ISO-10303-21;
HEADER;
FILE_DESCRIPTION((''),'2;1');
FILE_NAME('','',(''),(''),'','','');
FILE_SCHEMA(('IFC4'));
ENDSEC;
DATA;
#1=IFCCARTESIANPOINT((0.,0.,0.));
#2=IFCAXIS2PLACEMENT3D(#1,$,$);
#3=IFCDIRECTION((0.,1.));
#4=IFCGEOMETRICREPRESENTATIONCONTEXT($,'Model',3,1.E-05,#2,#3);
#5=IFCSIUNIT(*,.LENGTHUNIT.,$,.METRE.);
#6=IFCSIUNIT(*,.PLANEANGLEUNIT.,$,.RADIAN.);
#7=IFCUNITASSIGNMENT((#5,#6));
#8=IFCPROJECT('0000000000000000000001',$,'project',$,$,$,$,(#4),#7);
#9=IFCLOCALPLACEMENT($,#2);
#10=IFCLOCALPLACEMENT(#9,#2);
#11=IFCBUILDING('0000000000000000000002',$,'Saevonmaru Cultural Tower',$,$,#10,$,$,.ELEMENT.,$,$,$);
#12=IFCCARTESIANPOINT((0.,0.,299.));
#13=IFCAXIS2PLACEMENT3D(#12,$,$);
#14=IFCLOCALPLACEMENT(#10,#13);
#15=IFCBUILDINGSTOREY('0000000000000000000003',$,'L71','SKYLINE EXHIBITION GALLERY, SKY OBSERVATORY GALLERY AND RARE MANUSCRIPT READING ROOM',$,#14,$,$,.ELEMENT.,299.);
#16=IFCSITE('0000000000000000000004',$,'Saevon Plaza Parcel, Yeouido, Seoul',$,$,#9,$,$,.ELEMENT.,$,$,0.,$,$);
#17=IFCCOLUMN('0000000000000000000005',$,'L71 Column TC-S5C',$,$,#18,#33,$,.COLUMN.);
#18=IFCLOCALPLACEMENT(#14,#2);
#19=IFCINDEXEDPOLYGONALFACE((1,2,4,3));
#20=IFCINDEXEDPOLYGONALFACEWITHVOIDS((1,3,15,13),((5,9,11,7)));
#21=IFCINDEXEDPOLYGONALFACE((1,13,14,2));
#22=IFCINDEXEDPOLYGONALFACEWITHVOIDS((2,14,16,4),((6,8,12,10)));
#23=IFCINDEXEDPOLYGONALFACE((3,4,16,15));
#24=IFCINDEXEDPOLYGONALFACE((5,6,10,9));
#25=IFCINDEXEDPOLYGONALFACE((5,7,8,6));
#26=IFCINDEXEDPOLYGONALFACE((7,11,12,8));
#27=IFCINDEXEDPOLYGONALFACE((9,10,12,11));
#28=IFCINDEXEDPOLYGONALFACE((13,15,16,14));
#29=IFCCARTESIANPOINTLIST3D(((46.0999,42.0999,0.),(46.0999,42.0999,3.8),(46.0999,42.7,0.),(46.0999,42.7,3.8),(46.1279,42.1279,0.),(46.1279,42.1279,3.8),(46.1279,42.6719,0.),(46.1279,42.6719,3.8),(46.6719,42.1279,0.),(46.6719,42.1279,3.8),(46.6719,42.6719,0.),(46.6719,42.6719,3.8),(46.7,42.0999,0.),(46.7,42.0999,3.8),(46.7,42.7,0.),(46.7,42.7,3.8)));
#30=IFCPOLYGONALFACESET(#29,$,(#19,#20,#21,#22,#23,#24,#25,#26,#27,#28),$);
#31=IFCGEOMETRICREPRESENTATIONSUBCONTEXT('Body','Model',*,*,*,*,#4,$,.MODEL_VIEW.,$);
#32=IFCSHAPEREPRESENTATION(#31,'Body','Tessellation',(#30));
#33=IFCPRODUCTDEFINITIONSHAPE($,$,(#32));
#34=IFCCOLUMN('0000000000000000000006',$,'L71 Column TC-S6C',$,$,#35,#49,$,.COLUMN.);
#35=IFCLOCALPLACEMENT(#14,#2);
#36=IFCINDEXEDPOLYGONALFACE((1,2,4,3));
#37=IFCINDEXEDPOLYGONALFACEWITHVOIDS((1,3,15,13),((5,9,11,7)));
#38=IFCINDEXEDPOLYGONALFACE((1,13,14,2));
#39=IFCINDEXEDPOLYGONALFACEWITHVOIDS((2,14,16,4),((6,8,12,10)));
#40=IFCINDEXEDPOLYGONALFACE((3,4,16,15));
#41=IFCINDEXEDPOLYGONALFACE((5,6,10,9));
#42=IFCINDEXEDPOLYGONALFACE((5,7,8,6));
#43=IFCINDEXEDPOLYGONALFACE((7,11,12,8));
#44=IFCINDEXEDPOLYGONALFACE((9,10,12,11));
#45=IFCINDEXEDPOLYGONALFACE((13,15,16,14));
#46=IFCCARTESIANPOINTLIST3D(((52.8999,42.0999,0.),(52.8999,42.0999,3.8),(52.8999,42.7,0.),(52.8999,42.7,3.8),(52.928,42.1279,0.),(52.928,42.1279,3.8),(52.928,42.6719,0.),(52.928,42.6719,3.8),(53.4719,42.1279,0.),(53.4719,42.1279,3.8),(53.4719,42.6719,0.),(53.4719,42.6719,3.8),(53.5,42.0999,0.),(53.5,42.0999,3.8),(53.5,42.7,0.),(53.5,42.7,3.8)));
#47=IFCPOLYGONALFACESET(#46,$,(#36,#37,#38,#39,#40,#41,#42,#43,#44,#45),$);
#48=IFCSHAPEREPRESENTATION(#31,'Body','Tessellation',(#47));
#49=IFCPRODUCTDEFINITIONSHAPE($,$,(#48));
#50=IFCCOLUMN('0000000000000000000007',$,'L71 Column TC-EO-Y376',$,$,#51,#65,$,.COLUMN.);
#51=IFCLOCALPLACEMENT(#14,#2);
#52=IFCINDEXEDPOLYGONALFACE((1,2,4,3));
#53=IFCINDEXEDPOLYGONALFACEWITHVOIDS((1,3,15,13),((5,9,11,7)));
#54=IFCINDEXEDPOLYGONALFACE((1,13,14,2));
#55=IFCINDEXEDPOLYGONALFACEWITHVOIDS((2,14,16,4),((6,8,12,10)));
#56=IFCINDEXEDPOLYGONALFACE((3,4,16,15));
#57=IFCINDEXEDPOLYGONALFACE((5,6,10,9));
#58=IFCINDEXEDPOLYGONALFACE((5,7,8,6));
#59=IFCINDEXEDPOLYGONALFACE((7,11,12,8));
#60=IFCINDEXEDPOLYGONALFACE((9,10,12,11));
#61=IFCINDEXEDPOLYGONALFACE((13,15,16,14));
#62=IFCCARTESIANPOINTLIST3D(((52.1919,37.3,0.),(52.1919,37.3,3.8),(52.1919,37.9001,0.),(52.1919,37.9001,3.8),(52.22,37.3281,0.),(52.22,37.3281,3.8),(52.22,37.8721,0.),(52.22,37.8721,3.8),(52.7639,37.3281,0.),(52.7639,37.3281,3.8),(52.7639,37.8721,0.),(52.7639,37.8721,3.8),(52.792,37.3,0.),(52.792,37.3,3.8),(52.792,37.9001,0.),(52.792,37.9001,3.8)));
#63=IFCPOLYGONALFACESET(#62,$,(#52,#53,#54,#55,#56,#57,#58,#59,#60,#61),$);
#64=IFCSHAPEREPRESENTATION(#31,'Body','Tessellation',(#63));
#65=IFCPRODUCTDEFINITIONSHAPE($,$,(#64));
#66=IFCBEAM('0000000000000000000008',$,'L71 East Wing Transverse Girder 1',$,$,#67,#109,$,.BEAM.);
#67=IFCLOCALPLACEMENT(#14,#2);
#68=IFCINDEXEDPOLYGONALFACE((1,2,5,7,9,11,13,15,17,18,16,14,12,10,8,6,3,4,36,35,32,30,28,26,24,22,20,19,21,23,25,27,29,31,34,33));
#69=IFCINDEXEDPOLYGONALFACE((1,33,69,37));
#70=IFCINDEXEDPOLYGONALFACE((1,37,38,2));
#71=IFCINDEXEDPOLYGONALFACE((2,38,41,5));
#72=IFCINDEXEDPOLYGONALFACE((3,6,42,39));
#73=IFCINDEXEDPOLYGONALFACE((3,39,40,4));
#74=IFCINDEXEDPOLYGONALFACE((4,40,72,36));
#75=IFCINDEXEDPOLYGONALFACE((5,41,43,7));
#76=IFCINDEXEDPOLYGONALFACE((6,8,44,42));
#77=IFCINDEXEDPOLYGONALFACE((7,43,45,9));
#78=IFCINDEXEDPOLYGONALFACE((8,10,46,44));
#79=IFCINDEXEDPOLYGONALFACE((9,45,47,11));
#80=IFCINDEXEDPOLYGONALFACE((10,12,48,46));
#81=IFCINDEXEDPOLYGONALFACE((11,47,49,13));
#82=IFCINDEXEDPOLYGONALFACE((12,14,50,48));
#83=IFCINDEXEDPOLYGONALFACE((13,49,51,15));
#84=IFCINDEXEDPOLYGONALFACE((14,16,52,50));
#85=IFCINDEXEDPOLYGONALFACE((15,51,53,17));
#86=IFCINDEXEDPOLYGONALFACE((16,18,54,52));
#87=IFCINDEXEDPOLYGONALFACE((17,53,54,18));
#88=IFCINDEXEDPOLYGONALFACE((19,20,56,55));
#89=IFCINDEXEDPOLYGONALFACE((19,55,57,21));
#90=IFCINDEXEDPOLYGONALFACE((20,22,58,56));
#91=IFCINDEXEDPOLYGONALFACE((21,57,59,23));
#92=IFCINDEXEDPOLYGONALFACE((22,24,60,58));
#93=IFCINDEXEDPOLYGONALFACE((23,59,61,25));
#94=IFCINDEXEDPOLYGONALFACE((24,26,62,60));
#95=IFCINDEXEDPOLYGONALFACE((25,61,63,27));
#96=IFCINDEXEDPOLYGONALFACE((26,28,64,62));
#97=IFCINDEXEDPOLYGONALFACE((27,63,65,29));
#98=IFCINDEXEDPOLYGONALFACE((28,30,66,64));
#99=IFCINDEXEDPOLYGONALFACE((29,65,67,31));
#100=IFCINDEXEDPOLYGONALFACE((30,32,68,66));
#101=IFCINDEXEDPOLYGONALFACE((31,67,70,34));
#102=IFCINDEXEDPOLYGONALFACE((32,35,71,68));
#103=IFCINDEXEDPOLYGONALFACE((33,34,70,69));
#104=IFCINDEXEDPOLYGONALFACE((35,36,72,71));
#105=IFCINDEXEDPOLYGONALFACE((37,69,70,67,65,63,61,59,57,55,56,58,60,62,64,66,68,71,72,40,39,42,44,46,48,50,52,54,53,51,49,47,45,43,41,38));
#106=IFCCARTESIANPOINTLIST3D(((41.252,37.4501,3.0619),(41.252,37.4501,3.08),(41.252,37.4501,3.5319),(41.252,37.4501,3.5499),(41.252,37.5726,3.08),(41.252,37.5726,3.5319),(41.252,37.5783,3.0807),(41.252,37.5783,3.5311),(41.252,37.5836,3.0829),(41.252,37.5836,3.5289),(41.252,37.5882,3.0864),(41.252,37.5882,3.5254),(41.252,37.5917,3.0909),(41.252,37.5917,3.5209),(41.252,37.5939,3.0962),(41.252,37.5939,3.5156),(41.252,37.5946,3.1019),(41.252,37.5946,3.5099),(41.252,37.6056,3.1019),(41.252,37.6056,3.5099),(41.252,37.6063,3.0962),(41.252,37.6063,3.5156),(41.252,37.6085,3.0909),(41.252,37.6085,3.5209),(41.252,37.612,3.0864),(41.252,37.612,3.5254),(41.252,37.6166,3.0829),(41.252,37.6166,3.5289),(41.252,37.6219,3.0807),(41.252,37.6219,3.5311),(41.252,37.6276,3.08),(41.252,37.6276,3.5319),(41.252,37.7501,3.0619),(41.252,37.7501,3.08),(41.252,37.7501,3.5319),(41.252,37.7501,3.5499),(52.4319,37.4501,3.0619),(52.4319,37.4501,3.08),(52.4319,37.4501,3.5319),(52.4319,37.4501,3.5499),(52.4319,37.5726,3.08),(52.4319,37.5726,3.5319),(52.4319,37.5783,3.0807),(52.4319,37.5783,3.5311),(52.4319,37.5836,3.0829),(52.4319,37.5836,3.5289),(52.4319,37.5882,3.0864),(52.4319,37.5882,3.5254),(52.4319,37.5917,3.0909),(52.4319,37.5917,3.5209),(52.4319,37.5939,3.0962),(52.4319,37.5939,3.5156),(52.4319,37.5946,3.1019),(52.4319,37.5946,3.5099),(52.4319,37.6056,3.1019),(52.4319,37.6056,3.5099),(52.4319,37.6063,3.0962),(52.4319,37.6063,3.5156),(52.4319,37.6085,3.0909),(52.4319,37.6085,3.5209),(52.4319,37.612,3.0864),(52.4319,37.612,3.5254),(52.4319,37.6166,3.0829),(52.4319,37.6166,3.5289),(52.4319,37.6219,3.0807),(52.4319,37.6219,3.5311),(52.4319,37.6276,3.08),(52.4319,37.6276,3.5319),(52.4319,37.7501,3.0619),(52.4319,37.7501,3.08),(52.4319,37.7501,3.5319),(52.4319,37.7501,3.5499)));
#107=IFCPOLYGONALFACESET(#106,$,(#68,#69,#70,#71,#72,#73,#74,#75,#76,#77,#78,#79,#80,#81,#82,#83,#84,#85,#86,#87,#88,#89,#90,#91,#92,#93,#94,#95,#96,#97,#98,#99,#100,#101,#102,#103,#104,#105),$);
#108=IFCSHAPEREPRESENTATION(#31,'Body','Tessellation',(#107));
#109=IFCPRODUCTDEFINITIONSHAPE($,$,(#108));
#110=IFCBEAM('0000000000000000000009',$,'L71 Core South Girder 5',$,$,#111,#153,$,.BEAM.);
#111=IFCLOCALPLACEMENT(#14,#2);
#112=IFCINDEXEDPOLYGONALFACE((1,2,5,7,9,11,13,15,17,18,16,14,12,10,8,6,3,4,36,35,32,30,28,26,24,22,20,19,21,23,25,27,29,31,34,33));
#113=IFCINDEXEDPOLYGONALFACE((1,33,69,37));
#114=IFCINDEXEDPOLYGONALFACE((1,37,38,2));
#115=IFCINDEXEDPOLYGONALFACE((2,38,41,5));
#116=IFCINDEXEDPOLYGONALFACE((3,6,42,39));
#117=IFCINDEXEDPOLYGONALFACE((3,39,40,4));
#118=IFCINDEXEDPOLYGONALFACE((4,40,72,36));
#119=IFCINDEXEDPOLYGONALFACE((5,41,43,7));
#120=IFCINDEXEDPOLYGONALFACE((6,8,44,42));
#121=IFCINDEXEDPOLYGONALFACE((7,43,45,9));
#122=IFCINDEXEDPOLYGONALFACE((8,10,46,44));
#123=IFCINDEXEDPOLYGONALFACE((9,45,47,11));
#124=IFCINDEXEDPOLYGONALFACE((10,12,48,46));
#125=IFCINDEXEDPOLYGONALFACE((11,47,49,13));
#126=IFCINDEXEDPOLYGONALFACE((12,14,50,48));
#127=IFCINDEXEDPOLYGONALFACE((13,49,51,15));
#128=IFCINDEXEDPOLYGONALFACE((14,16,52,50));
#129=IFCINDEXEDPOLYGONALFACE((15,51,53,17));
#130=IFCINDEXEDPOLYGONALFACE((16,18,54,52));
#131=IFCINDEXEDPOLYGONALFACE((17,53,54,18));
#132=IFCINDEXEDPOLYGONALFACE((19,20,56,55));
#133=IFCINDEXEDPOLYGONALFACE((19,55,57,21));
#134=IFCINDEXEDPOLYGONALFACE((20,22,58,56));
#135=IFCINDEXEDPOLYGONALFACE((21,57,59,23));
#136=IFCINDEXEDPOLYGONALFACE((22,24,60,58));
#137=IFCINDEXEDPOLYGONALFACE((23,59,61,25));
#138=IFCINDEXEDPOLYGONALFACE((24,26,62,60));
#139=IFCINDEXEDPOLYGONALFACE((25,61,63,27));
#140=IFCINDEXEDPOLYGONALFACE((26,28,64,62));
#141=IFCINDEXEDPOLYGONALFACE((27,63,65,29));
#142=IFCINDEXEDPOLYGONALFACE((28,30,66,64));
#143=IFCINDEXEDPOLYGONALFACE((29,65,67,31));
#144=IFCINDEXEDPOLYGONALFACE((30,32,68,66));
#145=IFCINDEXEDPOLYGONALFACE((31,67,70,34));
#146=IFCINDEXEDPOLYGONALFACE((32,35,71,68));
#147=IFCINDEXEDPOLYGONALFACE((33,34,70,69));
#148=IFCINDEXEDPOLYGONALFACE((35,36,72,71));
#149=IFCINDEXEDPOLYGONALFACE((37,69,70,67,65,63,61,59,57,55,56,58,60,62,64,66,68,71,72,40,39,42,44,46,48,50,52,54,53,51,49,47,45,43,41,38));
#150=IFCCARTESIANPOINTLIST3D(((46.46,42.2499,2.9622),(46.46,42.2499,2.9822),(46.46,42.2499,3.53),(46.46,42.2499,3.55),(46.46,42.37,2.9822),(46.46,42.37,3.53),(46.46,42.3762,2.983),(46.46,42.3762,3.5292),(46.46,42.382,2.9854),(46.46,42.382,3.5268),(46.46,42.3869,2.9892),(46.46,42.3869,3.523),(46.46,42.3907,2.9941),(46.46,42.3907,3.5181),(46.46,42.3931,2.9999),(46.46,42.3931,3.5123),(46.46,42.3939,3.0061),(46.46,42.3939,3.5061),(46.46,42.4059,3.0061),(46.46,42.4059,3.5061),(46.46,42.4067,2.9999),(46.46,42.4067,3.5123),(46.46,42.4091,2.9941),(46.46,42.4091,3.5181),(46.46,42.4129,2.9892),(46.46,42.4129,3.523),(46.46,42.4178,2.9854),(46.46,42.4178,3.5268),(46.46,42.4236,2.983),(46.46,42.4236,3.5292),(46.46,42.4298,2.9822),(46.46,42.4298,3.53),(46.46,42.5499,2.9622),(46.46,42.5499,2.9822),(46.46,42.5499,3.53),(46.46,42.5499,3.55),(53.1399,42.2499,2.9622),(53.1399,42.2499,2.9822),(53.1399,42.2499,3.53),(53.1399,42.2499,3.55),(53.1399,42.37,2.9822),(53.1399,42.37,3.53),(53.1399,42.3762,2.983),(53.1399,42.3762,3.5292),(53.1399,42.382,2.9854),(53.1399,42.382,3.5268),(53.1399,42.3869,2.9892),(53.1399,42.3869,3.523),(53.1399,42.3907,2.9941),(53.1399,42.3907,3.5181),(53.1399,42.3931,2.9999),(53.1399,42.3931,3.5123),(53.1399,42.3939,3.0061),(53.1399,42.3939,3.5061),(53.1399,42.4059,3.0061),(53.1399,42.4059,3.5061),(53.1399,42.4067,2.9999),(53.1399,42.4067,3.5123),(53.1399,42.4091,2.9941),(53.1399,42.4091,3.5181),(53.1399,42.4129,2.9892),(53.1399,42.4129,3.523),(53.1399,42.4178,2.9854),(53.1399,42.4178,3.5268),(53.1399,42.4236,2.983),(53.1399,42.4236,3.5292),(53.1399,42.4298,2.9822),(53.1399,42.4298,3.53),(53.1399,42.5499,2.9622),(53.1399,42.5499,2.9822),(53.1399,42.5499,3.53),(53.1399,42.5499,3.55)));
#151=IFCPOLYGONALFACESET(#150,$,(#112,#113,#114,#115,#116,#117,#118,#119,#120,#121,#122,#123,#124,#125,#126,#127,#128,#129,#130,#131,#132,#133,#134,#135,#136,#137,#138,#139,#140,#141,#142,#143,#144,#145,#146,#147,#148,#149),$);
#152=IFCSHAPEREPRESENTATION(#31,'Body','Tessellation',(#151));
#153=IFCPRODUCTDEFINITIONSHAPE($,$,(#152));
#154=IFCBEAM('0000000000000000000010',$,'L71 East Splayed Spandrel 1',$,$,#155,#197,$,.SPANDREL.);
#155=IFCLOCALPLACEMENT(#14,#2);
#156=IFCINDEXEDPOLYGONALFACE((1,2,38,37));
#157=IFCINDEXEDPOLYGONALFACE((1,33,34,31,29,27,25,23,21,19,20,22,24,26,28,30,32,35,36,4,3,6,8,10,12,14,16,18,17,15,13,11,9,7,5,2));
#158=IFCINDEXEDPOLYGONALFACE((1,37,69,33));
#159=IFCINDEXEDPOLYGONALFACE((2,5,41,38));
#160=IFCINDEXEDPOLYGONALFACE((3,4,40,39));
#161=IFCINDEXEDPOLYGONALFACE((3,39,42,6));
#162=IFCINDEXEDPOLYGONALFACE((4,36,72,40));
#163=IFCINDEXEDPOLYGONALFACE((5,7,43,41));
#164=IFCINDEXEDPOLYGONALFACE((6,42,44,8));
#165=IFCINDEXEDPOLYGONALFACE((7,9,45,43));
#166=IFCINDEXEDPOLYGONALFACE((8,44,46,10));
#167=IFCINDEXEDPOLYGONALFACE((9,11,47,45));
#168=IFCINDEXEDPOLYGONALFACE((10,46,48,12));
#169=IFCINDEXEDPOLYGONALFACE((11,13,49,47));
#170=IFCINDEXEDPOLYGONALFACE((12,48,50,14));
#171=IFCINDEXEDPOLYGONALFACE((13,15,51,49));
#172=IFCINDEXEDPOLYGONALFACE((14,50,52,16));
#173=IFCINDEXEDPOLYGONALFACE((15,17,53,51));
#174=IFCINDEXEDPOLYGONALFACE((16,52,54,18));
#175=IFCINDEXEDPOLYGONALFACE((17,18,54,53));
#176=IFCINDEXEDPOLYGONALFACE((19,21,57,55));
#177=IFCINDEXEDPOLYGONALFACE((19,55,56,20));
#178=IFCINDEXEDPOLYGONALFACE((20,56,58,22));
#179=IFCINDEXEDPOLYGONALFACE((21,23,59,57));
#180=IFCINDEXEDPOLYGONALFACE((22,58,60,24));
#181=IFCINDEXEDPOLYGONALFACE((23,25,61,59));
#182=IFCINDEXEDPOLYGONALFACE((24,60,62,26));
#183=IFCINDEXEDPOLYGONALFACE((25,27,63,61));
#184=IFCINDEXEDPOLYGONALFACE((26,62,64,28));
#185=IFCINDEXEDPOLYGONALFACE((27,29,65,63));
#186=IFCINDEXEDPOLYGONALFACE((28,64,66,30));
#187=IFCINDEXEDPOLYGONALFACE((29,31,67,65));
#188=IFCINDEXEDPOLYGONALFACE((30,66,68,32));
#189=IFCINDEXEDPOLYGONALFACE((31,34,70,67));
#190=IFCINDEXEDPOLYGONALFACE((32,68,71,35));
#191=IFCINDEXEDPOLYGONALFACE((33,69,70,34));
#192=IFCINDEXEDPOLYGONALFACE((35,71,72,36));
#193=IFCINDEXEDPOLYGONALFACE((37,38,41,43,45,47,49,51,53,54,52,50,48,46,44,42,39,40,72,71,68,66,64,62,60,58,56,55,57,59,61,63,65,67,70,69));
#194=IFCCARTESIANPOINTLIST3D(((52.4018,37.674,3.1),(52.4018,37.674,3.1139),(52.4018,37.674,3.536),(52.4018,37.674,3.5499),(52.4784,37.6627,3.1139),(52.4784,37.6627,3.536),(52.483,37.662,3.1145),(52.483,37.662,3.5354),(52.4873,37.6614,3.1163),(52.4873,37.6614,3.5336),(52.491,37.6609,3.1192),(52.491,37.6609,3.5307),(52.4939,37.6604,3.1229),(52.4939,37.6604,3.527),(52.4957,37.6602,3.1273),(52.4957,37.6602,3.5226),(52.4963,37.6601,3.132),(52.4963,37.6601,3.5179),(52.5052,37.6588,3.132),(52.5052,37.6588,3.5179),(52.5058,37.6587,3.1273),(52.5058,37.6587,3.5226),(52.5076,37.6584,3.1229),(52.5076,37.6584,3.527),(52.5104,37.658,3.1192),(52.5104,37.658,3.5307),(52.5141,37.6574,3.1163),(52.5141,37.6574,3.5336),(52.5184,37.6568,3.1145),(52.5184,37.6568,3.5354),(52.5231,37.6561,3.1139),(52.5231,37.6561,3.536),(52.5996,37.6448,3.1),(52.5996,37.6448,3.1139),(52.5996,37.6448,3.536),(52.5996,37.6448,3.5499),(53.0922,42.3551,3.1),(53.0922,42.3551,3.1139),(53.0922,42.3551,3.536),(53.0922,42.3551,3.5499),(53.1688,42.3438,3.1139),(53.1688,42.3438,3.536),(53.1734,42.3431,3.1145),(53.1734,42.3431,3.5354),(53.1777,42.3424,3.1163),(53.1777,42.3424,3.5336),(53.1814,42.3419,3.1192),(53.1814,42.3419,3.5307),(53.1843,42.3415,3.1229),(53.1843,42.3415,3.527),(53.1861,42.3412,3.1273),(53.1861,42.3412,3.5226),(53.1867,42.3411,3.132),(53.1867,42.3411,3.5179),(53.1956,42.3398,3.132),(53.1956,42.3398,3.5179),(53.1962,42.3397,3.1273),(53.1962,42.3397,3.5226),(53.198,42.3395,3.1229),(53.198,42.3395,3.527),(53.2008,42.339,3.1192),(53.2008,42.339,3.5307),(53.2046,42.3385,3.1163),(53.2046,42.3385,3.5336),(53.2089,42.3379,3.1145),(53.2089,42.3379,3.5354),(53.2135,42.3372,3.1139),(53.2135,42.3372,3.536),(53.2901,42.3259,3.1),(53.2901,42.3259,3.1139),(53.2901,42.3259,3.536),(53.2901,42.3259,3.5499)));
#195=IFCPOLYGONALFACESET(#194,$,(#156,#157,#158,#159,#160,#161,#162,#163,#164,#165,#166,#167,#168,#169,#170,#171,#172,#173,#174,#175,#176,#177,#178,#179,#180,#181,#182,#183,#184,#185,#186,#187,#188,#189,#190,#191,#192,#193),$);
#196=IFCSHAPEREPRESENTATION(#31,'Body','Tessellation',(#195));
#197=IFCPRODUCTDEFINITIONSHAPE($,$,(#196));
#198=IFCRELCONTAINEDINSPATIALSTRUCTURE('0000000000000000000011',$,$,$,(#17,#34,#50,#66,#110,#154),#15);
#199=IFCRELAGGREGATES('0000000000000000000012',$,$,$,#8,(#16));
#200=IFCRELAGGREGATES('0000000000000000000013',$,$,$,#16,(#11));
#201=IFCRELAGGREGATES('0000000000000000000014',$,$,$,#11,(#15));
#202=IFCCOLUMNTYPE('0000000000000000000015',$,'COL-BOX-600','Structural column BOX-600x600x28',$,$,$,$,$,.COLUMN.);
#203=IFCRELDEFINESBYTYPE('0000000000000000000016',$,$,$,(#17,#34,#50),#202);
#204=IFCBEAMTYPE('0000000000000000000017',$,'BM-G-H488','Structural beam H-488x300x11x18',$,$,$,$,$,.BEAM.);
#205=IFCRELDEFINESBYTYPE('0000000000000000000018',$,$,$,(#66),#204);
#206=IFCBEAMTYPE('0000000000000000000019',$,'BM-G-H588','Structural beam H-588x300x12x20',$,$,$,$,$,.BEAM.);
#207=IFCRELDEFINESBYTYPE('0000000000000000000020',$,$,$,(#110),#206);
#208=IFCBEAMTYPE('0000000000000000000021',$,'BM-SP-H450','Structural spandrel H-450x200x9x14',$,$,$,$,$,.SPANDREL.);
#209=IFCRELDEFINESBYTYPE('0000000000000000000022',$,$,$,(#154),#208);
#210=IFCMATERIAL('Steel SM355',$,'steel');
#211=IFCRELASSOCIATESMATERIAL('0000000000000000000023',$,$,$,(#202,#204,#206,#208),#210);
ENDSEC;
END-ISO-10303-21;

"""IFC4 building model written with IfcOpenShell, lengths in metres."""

from ifc_helpers import new_model, si_unit, direction, frame, origin, origin_2d, place, context, subcontext, project, spatial, hollow_rectangle, i_section, extrude, material, material_profile, profile_set, type_object, element, save


model = new_model("IFC4")

# Units and contexts
model_context = context("Model", 3, precision=1e-05, world=origin(), true_north=direction((0.0, 1.0)))
body_context = subcontext(model_context, "Body", "Model", "MODEL_VIEW")
ifc_project = project(units=[si_unit("LENGTHUNIT", "METRE"), si_unit("PLANEANGLEUNIT", "RADIAN")], contexts=[model_context])

# Site, building, storey
site_placement = place(None, origin())
site = spatial("IfcSite", under=ifc_project, at=site_placement, Name="Saevon Plaza Parcel, Yeouido, Seoul", CompositionType="ELEMENT", RefElevation=0.0)
building_placement = place(site_placement, origin())
building = spatial("IfcBuilding", under=site, at=building_placement, Name="Saevonmaru Cultural Tower", CompositionType="ELEMENT")
storey_placement = place(building_placement, frame((0.0, 0.0, 299.0)))
storey = spatial("IfcBuildingStorey", under=building, at=storey_placement, Name="L71", Description="SKYLINE EXHIBITION GALLERY, SKY OBSERVATORY GALLERY AND RARE MANUSCRIPT READING ROOM", CompositionType="ELEMENT", Elevation=299.0)

# Columns
ifc_material_1 = material(Name="Steel SM355", Category="steel")
ifc_material_profile_1 = material_profile(ifc_material_1, hollow_rectangle(XDim=0.6001, YDim=0.6001, WallThickness=0.0281, at=origin_2d()), Name="BOX-600x600x28")
ifc_profile_set_1 = profile_set([ifc_material_profile_1], Name="Steel SM355")
column_type = type_object("IfcColumnType", Name="COL-BOX-600", Description="Structural column BOX-600x600x28", PredefinedType="COLUMN", material=ifc_profile_set_1)
for number, where, z_axis, x_axis, name in (
    (1, (46.3999, 42.3999, 0.0), (0.0, 0.0, 1.0), (1.0, 0.0, 0.0), "L71 Column TC-S5C"),
    (2, (53.2, 42.3999, 0.0), (0.0, 0.0, 1.0), (1.0, 0.0, 0.0), "L71 Column TC-S6C"),
    (3, (52.4919, 37.6001, 0.0), (0.0, 0.0, 1.0), (1.0, 0.0, 0.0), "L71 Column TC-EO-Y376"),
):
    element("IfcColumn", number, at=place(storey_placement, frame(where, z_axis=z_axis, x_axis=x_axis)), inside=storey, type_object=column_type, Name=name, PredefinedType="COLUMN", context=body_context, shape_type="SweptSolid", body=[
        extrude(hollow_rectangle(XDim=0.6001, YDim=0.6001, WallThickness=0.0281, at=origin_2d()), origin(), (0.0, 0.0, 1.0), 3.8),
    ])

# Beams
ifc_material_profile_2 = material_profile(ifc_material_1, i_section(OverallWidth=0.3, OverallDepth=0.488, WebThickness=0.011, FlangeThickness=0.0181, FilletRadius=0.022, at=origin_2d()), Name="H-488x300x11x18")
ifc_profile_set_2 = profile_set([ifc_material_profile_2], Name="Steel SM355")
beam_type_1 = type_object("IfcBeamType", Name="BM-G-H488", Description="Structural beam H-488x300x11x18", PredefinedType="BEAM", material=ifc_profile_set_2)
beam_1_placement = place(storey_placement, frame((41.252, 37.6001, 3.3059), z_axis=(1.0, 0.0, 0.0), x_axis=(0.0, 1.0, 0.0)))
element("IfcBeam", 4, at=beam_1_placement, inside=storey, type_object=beam_type_1, Name="L71 East Wing Transverse Girder 1", PredefinedType="BEAM", context=body_context, shape_type="SweptSolid", body=[
    extrude(i_section(OverallWidth=0.3, OverallDepth=0.488, WebThickness=0.011, FlangeThickness=0.0181, FilletRadius=0.022, at=origin_2d()), origin(), (0.0, 0.0, 1.0), 11.1799),
])
ifc_material_profile_3 = material_profile(ifc_material_1, i_section(OverallWidth=0.3, OverallDepth=0.5879, WebThickness=0.012, FlangeThickness=0.02, FilletRadius=0.0239, at=origin_2d()), Name="H-588x300x12x20")
ifc_profile_set_3 = profile_set([ifc_material_profile_3], Name="Steel SM355")
beam_type_2 = type_object("IfcBeamType", Name="BM-G-H588", Description="Structural beam H-588x300x12x20", PredefinedType="BEAM", material=ifc_profile_set_3)
beam_2_placement = place(storey_placement, frame((46.46, 42.3999, 3.2561), z_axis=(1.0, 0.0, 0.0), x_axis=(0.0, 1.0, 0.0)))
element("IfcBeam", 5, at=beam_2_placement, inside=storey, type_object=beam_type_2, Name="L71 Core South Girder 5", PredefinedType="BEAM", context=body_context, shape_type="SweptSolid", body=[
    extrude(i_section(OverallWidth=0.3, OverallDepth=0.5879, WebThickness=0.012, FlangeThickness=0.02, FilletRadius=0.0239, at=origin_2d()), origin(), (0.0, 0.0, 1.0), 6.6799),
])
ifc_material_profile_4 = material_profile(ifc_material_1, i_section(OverallWidth=0.2, OverallDepth=0.45, WebThickness=0.009, FlangeThickness=0.0139, FilletRadius=0.0181, at=origin_2d()), Name="H-450x200x9x14")
ifc_profile_set_4 = profile_set([ifc_material_profile_4], Name="Steel SM355")
beam_type_3 = type_object("IfcBeamType", Name="BM-SP-H450", Description="Structural spandrel H-450x200x9x14", PredefinedType="SPANDREL", material=ifc_profile_set_4)
beam_3_placement = place(storey_placement, frame((52.5007, 37.6594, 3.325), z_axis=(0.145913, 0.989297, 0.0), x_axis=(-0.989297, 0.145913, 0.0)))
element("IfcBeam", 6, at=beam_3_placement, inside=storey, type_object=beam_type_3, Name="L71 East Splayed Spandrel 1", PredefinedType="SPANDREL", context=body_context, shape_type="SweptSolid", body=[
    extrude(i_section(OverallWidth=0.2, OverallDepth=0.45, WebThickness=0.009, FlangeThickness=0.0139, FilletRadius=0.0181, at=origin_2d()), origin(), (0.0, 0.0, 1.0), 4.7317),
])

save(model, "model.ifc")
